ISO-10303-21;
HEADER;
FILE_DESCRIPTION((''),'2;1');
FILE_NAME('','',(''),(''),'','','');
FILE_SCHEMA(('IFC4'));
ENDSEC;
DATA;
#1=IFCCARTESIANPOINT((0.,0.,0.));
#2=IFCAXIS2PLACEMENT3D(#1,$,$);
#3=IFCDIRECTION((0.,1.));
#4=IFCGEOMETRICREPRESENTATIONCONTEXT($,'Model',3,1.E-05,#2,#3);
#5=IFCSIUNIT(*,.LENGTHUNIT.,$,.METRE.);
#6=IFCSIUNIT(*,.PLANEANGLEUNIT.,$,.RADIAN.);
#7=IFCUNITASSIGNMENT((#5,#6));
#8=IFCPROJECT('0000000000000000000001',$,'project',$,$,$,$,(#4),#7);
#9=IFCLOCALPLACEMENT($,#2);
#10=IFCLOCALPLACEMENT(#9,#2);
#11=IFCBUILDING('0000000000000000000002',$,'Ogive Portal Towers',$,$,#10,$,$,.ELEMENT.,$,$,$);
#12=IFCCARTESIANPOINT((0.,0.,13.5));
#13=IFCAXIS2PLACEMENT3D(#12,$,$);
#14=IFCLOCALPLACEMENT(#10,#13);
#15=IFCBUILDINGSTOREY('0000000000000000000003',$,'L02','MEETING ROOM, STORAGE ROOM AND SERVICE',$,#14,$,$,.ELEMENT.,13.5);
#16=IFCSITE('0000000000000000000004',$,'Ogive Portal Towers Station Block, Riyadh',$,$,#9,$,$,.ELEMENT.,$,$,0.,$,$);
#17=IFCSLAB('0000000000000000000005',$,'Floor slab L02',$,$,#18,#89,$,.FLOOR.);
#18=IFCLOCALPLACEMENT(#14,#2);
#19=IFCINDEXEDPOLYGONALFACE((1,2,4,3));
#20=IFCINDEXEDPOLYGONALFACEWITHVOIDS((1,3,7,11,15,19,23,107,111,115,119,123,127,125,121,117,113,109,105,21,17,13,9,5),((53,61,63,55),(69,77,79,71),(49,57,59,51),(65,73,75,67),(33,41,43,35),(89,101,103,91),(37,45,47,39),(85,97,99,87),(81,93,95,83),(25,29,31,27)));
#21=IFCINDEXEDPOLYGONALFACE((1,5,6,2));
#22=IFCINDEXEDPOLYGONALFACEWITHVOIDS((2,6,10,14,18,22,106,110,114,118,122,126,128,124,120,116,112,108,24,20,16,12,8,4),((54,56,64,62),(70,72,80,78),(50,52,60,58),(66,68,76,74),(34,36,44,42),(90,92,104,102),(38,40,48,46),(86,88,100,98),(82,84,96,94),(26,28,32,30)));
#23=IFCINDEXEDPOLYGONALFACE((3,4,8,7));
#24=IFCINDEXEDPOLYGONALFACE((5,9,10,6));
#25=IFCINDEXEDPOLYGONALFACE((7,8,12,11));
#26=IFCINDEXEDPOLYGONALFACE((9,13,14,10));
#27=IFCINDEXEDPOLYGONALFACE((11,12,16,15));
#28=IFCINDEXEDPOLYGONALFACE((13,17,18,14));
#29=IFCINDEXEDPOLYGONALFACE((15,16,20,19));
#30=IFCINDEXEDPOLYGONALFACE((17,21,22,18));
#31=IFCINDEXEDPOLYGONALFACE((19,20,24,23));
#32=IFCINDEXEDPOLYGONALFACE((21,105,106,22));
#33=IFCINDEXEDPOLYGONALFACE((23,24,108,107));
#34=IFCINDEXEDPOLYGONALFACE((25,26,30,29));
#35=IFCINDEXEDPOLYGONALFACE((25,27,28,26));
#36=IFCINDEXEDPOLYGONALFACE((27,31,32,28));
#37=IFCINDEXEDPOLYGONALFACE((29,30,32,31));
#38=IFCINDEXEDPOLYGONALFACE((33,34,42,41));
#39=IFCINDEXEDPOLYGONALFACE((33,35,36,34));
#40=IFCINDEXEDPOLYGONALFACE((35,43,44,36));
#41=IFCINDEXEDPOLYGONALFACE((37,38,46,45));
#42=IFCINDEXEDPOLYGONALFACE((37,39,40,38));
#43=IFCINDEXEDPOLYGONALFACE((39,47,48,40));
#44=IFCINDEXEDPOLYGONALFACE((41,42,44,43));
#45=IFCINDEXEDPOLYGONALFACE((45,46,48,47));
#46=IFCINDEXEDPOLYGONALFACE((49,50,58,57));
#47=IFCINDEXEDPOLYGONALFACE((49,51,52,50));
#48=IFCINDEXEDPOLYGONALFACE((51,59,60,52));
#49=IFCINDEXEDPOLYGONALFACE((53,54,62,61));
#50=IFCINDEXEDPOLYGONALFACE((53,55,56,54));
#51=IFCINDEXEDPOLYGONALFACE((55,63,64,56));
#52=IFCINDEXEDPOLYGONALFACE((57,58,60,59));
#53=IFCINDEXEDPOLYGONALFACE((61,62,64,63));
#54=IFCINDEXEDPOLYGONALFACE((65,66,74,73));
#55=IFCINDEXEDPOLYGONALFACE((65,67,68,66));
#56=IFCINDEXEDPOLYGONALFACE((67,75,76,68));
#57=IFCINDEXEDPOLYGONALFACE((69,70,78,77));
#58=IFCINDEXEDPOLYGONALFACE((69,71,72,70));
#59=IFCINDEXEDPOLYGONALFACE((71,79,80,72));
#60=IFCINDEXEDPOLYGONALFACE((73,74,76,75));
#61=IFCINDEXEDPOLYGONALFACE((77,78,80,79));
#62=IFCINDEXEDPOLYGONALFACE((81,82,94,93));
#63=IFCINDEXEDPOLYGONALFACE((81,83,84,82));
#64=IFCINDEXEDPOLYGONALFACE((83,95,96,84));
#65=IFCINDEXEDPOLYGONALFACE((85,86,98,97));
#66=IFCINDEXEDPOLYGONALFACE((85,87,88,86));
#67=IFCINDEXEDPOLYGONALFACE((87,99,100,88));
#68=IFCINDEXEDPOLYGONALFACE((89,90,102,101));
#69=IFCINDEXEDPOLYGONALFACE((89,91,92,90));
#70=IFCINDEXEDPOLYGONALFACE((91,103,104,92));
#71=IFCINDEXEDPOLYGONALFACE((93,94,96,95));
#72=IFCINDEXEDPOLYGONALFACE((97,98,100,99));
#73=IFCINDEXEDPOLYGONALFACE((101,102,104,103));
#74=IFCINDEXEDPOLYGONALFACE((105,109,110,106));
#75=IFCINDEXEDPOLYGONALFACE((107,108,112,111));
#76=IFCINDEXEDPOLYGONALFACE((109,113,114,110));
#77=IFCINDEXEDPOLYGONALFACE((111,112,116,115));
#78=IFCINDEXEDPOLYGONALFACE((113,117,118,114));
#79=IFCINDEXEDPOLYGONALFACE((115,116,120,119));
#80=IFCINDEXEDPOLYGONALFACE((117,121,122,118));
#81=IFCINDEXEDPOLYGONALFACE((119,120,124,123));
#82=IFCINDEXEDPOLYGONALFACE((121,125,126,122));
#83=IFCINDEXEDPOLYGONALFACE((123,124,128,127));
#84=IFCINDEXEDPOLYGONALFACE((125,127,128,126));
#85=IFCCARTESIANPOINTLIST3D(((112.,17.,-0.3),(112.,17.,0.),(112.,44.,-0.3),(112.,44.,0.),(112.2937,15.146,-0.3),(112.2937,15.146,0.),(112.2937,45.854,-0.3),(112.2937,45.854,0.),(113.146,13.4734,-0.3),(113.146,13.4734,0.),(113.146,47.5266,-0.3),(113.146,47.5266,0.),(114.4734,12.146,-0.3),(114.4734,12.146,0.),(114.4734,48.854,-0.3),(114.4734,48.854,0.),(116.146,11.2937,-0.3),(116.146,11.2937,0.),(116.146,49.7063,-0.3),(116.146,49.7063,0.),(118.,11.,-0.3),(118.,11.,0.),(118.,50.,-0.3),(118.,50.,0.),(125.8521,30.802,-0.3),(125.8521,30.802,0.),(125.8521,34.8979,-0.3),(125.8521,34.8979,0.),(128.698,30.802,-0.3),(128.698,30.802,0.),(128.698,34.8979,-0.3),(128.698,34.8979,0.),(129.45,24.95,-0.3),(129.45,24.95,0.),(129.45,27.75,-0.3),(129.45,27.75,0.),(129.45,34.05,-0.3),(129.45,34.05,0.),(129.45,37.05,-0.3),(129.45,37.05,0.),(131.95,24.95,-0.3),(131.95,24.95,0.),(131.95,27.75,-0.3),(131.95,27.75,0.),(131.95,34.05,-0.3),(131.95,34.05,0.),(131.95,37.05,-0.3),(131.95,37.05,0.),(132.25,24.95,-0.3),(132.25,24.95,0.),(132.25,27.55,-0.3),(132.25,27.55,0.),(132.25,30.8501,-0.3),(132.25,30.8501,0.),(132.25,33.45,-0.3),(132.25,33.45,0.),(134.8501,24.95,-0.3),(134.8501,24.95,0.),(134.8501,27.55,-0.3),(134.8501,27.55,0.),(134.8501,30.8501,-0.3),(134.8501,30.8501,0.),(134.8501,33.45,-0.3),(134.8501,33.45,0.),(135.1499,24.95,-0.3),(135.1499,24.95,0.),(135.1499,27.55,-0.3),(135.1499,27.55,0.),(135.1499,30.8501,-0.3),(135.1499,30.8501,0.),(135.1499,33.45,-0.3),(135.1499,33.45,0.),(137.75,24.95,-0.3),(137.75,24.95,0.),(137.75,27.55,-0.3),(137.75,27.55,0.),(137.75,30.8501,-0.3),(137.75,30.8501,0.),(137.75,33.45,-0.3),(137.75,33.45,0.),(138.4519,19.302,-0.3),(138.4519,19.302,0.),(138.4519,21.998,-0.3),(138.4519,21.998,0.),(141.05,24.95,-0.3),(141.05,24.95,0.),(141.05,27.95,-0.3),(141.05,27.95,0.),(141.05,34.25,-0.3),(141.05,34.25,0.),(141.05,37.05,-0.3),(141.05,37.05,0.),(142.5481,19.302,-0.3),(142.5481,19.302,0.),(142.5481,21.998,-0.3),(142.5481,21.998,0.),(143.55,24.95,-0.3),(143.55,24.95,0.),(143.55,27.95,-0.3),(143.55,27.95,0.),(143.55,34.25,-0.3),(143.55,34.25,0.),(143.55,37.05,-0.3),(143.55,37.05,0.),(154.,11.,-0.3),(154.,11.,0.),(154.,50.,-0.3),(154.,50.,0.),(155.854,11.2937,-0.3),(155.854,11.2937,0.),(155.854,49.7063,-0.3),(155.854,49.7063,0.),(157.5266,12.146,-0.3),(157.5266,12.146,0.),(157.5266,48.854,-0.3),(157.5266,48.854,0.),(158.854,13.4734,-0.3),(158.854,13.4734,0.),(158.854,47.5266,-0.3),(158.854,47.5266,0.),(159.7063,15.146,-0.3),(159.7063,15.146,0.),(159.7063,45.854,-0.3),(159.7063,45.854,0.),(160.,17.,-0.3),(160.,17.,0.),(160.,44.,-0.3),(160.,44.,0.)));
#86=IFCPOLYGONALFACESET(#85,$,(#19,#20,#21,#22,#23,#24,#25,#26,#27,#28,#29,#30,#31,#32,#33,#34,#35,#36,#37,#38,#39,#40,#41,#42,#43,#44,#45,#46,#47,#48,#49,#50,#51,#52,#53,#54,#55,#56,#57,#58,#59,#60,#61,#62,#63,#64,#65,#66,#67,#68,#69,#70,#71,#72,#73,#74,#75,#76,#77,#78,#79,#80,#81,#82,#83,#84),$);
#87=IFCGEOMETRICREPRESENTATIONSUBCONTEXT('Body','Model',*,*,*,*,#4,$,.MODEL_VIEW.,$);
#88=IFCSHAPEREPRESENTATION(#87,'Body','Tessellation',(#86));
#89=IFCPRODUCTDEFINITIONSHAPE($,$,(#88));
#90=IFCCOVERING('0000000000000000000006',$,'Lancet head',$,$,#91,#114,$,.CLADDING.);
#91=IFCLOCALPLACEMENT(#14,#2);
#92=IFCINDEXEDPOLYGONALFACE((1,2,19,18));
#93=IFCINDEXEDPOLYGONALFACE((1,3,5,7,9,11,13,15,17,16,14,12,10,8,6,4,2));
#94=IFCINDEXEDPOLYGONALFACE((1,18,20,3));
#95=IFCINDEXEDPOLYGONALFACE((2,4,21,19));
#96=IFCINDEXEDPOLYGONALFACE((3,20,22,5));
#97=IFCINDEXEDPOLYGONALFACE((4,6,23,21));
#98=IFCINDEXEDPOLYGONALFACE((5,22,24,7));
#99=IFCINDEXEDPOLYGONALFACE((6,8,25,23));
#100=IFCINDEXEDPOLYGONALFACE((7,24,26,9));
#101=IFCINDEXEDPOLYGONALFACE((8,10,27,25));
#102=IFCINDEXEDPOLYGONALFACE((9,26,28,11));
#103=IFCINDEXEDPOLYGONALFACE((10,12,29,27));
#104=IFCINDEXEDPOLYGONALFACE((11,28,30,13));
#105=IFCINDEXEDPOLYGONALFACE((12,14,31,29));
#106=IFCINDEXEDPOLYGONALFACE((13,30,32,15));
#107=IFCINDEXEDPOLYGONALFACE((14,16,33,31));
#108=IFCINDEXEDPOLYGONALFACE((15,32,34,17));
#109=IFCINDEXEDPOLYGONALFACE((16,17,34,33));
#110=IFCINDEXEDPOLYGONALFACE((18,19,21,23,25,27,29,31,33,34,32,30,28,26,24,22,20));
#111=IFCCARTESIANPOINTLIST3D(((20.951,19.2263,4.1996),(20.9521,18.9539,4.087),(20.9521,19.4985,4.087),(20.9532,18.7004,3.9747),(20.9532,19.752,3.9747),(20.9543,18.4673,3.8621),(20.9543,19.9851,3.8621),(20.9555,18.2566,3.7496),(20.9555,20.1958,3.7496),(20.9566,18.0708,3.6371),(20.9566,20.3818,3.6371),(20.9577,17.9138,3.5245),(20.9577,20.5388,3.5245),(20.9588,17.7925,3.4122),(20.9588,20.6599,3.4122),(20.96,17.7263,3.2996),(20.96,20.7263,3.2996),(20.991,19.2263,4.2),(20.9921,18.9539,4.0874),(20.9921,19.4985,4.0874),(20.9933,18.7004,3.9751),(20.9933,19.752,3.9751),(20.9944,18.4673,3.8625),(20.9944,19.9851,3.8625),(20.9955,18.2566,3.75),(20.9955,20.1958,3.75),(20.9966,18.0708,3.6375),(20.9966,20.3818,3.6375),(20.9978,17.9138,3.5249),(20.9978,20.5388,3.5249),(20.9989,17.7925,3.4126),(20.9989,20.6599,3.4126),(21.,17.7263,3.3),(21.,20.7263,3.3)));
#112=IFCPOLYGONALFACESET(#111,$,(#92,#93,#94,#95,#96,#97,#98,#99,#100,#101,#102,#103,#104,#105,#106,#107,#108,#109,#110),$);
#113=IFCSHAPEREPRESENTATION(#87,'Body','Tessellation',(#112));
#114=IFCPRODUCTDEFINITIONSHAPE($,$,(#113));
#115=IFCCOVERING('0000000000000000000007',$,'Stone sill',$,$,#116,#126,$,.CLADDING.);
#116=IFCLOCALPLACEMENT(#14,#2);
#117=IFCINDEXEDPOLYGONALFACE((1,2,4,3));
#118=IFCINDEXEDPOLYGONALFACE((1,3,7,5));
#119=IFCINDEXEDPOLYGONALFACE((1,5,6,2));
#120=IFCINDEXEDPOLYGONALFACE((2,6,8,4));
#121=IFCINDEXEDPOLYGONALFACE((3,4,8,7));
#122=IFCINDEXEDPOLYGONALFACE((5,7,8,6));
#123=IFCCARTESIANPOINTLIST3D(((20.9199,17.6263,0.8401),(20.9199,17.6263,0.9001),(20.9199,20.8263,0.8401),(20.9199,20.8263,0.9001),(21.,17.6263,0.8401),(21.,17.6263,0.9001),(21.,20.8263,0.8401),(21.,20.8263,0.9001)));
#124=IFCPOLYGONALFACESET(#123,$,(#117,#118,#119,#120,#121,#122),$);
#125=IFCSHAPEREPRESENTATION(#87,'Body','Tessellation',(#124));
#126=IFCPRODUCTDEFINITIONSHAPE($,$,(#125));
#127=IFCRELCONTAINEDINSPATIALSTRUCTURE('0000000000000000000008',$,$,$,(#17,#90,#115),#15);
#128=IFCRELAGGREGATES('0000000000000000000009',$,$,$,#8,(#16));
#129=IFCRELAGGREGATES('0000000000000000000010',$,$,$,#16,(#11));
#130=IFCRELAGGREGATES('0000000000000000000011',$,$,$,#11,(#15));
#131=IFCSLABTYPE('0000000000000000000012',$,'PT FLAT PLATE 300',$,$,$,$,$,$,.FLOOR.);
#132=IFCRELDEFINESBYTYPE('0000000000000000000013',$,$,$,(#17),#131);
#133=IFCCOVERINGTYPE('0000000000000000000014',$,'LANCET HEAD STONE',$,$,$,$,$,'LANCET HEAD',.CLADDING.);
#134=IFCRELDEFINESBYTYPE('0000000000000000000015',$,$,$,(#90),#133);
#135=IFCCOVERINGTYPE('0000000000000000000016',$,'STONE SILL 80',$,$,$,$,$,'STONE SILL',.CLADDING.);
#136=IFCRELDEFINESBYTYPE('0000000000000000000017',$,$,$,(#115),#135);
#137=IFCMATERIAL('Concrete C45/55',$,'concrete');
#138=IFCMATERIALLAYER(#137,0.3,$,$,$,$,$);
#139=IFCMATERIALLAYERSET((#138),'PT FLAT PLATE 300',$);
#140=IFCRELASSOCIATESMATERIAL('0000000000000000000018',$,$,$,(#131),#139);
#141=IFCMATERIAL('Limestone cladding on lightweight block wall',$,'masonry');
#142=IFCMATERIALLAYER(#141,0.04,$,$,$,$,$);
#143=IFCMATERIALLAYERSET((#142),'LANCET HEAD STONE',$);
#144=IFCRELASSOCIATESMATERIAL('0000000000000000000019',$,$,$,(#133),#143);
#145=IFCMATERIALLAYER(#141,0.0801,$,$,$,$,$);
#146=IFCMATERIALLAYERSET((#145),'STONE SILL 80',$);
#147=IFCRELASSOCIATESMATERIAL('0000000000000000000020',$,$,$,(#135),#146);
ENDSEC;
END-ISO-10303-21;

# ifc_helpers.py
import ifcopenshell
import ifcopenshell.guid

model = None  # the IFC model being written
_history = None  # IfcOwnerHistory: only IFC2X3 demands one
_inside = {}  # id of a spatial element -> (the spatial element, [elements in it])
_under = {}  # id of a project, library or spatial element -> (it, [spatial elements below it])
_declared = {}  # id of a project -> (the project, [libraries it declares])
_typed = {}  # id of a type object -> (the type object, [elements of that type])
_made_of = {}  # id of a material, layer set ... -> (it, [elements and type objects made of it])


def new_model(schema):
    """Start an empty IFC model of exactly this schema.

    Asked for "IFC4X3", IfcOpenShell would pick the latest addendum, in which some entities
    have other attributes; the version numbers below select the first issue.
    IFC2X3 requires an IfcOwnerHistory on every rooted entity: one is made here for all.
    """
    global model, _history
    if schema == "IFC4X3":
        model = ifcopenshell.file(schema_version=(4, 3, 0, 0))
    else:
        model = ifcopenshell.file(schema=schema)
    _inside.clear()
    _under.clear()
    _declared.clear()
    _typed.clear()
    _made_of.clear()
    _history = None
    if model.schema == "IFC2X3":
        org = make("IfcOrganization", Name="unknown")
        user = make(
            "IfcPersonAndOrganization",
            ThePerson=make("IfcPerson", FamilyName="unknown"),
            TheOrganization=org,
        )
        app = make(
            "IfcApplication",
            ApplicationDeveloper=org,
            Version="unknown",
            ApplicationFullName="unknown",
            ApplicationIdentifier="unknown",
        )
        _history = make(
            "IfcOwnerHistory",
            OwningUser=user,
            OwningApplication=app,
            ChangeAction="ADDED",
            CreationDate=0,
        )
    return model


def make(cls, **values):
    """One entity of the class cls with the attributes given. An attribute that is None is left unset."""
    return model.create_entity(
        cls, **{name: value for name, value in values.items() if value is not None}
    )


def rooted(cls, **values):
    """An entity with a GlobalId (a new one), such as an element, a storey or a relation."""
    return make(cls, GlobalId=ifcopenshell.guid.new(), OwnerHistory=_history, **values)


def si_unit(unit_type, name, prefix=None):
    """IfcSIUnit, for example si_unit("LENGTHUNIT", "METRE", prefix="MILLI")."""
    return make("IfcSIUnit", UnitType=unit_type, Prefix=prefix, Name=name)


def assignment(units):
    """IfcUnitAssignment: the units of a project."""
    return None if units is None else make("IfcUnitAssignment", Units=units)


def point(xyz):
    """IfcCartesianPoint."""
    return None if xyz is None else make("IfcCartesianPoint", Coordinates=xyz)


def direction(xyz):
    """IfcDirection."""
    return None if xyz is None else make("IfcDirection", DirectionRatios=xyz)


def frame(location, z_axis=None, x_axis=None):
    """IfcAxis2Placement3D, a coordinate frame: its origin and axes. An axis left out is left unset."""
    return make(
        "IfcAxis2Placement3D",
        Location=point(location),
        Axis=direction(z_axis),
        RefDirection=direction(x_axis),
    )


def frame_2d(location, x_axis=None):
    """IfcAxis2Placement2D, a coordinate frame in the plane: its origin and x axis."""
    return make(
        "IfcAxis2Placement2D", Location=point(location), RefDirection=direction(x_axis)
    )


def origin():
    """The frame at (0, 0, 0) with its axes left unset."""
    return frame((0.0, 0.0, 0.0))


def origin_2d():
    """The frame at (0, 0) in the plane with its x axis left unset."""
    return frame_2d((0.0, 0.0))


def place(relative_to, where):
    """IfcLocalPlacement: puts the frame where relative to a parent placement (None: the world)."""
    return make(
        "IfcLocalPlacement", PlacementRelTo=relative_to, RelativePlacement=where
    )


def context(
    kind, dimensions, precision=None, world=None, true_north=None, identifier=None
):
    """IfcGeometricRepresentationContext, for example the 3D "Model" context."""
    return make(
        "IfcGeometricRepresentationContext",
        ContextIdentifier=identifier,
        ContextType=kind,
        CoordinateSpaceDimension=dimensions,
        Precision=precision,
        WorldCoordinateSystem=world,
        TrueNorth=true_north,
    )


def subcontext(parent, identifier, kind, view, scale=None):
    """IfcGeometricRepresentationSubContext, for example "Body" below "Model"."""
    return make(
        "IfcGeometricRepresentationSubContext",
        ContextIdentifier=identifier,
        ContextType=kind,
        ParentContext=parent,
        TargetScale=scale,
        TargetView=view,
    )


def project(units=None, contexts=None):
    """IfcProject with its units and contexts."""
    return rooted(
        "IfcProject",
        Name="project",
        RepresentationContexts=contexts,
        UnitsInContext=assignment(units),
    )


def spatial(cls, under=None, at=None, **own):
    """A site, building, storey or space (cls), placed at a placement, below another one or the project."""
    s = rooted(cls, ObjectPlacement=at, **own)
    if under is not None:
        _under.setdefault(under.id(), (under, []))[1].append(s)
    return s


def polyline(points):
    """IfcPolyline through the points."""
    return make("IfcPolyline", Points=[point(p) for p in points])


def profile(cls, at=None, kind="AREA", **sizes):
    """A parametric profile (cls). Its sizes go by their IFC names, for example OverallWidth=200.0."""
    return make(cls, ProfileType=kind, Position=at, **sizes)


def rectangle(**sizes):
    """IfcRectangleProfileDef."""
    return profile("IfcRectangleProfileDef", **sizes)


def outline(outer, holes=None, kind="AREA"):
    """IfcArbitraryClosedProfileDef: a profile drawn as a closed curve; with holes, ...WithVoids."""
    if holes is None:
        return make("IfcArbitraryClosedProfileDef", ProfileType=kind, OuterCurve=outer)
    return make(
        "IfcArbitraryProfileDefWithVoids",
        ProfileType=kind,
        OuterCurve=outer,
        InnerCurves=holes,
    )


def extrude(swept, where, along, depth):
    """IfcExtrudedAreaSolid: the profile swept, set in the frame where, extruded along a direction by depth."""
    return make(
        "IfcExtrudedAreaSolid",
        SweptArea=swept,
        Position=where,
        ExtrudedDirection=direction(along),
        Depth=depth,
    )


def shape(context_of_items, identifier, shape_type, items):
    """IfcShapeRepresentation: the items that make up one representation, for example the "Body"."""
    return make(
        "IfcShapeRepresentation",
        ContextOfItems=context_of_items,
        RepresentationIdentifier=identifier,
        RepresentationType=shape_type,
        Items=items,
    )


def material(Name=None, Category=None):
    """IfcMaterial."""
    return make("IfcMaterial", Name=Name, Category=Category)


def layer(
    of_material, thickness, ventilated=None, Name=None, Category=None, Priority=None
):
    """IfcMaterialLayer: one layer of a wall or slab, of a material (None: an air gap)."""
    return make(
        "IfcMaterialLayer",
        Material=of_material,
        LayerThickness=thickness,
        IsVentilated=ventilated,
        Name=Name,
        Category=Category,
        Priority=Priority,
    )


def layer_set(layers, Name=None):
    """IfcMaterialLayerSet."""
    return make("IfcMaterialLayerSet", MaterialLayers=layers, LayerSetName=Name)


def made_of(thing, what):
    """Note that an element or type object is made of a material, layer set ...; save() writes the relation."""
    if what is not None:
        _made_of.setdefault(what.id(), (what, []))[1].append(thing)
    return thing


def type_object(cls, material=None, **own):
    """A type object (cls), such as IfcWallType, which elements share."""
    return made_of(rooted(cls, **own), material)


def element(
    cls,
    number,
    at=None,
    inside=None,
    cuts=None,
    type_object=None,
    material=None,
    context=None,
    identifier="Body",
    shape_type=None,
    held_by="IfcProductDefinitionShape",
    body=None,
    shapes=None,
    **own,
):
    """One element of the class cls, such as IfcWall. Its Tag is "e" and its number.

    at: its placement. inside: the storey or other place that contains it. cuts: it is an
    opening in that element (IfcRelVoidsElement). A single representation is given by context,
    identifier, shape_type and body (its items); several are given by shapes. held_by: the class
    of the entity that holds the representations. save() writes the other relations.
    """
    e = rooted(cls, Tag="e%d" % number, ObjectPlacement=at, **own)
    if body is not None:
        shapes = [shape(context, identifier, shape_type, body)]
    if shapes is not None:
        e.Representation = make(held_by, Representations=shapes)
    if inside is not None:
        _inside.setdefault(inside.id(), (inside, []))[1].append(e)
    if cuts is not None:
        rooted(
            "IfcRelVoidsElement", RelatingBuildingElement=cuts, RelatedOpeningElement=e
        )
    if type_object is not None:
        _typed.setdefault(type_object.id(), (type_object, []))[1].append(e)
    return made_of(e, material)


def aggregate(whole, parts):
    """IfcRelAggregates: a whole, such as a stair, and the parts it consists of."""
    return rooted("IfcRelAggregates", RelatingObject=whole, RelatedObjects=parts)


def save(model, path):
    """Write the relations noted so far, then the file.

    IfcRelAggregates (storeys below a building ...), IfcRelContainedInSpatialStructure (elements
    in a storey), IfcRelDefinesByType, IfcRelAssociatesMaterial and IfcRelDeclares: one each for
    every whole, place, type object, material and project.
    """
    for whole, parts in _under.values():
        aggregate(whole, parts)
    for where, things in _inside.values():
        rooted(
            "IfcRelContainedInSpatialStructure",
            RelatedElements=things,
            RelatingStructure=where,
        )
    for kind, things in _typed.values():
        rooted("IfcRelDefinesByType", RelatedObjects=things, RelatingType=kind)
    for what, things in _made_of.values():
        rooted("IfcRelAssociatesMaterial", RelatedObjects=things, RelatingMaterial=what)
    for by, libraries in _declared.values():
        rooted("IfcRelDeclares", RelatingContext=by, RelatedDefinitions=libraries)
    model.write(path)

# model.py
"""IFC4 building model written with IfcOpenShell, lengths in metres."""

from ifc_helpers import new_model, si_unit, direction, frame, origin, origin_2d, place, context, subcontext, project, spatial, polyline, rectangle, outline, extrude, material, layer, layer_set, type_object, element, save


model = new_model("IFC4")

# Units and contexts
model_context = context("Model", 3, precision=1e-05, world=origin(), true_north=direction((0.0, 1.0)))
body_context = subcontext(model_context, "Body", "Model", "MODEL_VIEW")
ifc_project = project(units=[si_unit("LENGTHUNIT", "METRE"), si_unit("PLANEANGLEUNIT", "RADIAN")], contexts=[model_context])

# Site, building, storey
site_placement = place(None, origin())
site = spatial("IfcSite", under=ifc_project, at=site_placement, Name="Ogive Portal Towers Station Block, Riyadh", CompositionType="ELEMENT", RefElevation=0.0)
building_placement = place(site_placement, origin())
building = spatial("IfcBuilding", under=site, at=building_placement, Name="Ogive Portal Towers", CompositionType="ELEMENT")
storey_placement = place(building_placement, frame((0.0, 0.0, 13.5)))
storey = spatial("IfcBuildingStorey", under=building, at=storey_placement, Name="L02", Description="MEETING ROOM, STORAGE ROOM AND SERVICE", CompositionType="ELEMENT", Elevation=13.5)

# Slab
ifc_material_1 = material(Name="Concrete C45/55", Category="concrete")
ifc_layer_1 = layer(ifc_material_1, 0.3)
ifc_layer_set_1 = layer_set([ifc_layer_1], Name="PT FLAT PLATE 300")
slab_type_1 = type_object("IfcSlabType", Name="PT FLAT PLATE 300", PredefinedType="FLOOR", material=ifc_layer_set_1)
slab_1_placement = place(storey_placement, frame((0.0, 0.0, -0.3)))
element("IfcSlab", 1, at=slab_1_placement, inside=storey, type_object=slab_type_1, Name="Floor slab L02", PredefinedType="FLOOR", context=body_context, shape_type="SweptSolid", body=[
    extrude(outline(polyline([(112.0, 44.0), (112.0, 17.0), (112.2937, 15.146), (113.146, 13.4734), (114.4734, 12.146), (116.146, 11.2937), (118.0, 11.0), (154.0, 11.0), (155.854, 11.2937), (157.5266, 12.146), (158.854, 13.4734), (159.7063, 15.146), (160.0, 17.0), (160.0, 44.0), (159.7063, 45.854), (158.854, 47.5266), (157.5266, 48.854), (155.854, 49.7063), (154.0, 50.0), (118.0, 50.0), (116.146, 49.7063), (114.4734, 48.854), (113.146, 47.5266), (112.2937, 45.854), (112.0, 44.0)]), holes=[polyline([(128.698, 34.8979), (128.698, 30.802), (125.8521, 30.802), (125.8521, 34.8979), (128.698, 34.8979)]), polyline([(131.95, 37.05), (131.95, 34.05), (129.45, 34.05), (129.45, 37.05), (131.95, 37.05)]), polyline([(138.4519, 21.998), (142.5481, 21.998), (142.5481, 19.302), (138.4519, 19.302), (138.4519, 21.998)]), polyline([(134.8501, 27.55), (134.8501, 24.95), (132.25, 24.95), (132.25, 27.55), (134.8501, 27.55)]), polyline([(137.75, 27.55), (137.75, 24.95), (135.1499, 24.95), (135.1499, 27.55), (137.75, 27.55)]), polyline([(131.95, 27.75), (131.95, 24.95), (129.45, 24.95), (129.45, 27.75), (131.95, 27.75)]), polyline([(143.55, 27.95), (143.55, 24.95), (141.05, 24.95), (141.05, 27.95), (143.55, 27.95)]), polyline([(134.8501, 33.45), (134.8501, 30.8501), (132.25, 30.8501), (132.25, 33.45), (134.8501, 33.45)]), polyline([(137.75, 33.45), (137.75, 30.8501), (135.1499, 30.8501), (135.1499, 33.45), (137.75, 33.45)]), polyline([(143.55, 37.05), (143.55, 34.25), (141.05, 34.25), (141.05, 37.05), (143.55, 37.05)])]), origin(), (0.0, 0.0, 1.0), 0.3),
])

# Coverings
ifc_material_2 = material(Name="Limestone cladding on lightweight block wall", Category="masonry")
ifc_layer_2 = layer(ifc_material_2, 0.04)
ifc_layer_set_2 = layer_set([ifc_layer_2], Name="LANCET HEAD STONE")
covering_type_1 = type_object("IfcCoveringType", Name="LANCET HEAD STONE", ElementType="LANCET HEAD", PredefinedType="CLADDING", material=ifc_layer_set_2)
covering_1_placement = place(storey_placement, frame((21.0, 20.7263, 3.3), z_axis=(0.99995, 0.0, 0.009994), x_axis=(0.0, -1.0, 0.0)))
element("IfcCovering", 2, at=covering_1_placement, inside=storey, type_object=covering_type_1, Name="Lancet head", PredefinedType="CLADDING", context=body_context, shape_type="SweptSolid", body=[
    extrude(outline(polyline([(0.0, 0.0), (3.0, 0.0), (2.9338, -0.1126), (2.8125, -0.2249), (2.6555, -0.3374), (2.4697, -0.45), (2.259, -0.5625), (2.0259, -0.6751), (1.7725, -0.7874), (1.5, -0.8999), (1.2278, -0.7874), (0.9744, -0.6751), (0.7412, -0.5625), (0.5305, -0.45), (0.3445, -0.3374), (0.1875, -0.2249), (0.0664, -0.1126), (0.0, 0.0)])), origin(), (0.0, 0.0, -1.0), 0.04),
])
ifc_layer_3 = layer(ifc_material_2, 0.0801)
ifc_layer_set_3 = layer_set([ifc_layer_3], Name="STONE SILL 80")
covering_type_2 = type_object("IfcCoveringType", Name="STONE SILL 80", ElementType="STONE SILL", PredefinedType="CLADDING", material=ifc_layer_set_3)
covering_2_placement = place(storey_placement, frame((20.96, 19.2263, 0.8401), z_axis=(0.0, 0.0, 1.0), x_axis=(0.0, -1.0, 0.0)))
element("IfcCovering", 3, at=covering_2_placement, inside=storey, type_object=covering_type_2, Name="Stone sill", PredefinedType="CLADDING", context=body_context, shape_type="SweptSolid", body=[
    extrude(rectangle(XDim=3.2, YDim=0.0801, at=origin_2d()), origin(), (0.0, 0.0, 1.0), 0.0601),
])

save(model, "model.ifc")
